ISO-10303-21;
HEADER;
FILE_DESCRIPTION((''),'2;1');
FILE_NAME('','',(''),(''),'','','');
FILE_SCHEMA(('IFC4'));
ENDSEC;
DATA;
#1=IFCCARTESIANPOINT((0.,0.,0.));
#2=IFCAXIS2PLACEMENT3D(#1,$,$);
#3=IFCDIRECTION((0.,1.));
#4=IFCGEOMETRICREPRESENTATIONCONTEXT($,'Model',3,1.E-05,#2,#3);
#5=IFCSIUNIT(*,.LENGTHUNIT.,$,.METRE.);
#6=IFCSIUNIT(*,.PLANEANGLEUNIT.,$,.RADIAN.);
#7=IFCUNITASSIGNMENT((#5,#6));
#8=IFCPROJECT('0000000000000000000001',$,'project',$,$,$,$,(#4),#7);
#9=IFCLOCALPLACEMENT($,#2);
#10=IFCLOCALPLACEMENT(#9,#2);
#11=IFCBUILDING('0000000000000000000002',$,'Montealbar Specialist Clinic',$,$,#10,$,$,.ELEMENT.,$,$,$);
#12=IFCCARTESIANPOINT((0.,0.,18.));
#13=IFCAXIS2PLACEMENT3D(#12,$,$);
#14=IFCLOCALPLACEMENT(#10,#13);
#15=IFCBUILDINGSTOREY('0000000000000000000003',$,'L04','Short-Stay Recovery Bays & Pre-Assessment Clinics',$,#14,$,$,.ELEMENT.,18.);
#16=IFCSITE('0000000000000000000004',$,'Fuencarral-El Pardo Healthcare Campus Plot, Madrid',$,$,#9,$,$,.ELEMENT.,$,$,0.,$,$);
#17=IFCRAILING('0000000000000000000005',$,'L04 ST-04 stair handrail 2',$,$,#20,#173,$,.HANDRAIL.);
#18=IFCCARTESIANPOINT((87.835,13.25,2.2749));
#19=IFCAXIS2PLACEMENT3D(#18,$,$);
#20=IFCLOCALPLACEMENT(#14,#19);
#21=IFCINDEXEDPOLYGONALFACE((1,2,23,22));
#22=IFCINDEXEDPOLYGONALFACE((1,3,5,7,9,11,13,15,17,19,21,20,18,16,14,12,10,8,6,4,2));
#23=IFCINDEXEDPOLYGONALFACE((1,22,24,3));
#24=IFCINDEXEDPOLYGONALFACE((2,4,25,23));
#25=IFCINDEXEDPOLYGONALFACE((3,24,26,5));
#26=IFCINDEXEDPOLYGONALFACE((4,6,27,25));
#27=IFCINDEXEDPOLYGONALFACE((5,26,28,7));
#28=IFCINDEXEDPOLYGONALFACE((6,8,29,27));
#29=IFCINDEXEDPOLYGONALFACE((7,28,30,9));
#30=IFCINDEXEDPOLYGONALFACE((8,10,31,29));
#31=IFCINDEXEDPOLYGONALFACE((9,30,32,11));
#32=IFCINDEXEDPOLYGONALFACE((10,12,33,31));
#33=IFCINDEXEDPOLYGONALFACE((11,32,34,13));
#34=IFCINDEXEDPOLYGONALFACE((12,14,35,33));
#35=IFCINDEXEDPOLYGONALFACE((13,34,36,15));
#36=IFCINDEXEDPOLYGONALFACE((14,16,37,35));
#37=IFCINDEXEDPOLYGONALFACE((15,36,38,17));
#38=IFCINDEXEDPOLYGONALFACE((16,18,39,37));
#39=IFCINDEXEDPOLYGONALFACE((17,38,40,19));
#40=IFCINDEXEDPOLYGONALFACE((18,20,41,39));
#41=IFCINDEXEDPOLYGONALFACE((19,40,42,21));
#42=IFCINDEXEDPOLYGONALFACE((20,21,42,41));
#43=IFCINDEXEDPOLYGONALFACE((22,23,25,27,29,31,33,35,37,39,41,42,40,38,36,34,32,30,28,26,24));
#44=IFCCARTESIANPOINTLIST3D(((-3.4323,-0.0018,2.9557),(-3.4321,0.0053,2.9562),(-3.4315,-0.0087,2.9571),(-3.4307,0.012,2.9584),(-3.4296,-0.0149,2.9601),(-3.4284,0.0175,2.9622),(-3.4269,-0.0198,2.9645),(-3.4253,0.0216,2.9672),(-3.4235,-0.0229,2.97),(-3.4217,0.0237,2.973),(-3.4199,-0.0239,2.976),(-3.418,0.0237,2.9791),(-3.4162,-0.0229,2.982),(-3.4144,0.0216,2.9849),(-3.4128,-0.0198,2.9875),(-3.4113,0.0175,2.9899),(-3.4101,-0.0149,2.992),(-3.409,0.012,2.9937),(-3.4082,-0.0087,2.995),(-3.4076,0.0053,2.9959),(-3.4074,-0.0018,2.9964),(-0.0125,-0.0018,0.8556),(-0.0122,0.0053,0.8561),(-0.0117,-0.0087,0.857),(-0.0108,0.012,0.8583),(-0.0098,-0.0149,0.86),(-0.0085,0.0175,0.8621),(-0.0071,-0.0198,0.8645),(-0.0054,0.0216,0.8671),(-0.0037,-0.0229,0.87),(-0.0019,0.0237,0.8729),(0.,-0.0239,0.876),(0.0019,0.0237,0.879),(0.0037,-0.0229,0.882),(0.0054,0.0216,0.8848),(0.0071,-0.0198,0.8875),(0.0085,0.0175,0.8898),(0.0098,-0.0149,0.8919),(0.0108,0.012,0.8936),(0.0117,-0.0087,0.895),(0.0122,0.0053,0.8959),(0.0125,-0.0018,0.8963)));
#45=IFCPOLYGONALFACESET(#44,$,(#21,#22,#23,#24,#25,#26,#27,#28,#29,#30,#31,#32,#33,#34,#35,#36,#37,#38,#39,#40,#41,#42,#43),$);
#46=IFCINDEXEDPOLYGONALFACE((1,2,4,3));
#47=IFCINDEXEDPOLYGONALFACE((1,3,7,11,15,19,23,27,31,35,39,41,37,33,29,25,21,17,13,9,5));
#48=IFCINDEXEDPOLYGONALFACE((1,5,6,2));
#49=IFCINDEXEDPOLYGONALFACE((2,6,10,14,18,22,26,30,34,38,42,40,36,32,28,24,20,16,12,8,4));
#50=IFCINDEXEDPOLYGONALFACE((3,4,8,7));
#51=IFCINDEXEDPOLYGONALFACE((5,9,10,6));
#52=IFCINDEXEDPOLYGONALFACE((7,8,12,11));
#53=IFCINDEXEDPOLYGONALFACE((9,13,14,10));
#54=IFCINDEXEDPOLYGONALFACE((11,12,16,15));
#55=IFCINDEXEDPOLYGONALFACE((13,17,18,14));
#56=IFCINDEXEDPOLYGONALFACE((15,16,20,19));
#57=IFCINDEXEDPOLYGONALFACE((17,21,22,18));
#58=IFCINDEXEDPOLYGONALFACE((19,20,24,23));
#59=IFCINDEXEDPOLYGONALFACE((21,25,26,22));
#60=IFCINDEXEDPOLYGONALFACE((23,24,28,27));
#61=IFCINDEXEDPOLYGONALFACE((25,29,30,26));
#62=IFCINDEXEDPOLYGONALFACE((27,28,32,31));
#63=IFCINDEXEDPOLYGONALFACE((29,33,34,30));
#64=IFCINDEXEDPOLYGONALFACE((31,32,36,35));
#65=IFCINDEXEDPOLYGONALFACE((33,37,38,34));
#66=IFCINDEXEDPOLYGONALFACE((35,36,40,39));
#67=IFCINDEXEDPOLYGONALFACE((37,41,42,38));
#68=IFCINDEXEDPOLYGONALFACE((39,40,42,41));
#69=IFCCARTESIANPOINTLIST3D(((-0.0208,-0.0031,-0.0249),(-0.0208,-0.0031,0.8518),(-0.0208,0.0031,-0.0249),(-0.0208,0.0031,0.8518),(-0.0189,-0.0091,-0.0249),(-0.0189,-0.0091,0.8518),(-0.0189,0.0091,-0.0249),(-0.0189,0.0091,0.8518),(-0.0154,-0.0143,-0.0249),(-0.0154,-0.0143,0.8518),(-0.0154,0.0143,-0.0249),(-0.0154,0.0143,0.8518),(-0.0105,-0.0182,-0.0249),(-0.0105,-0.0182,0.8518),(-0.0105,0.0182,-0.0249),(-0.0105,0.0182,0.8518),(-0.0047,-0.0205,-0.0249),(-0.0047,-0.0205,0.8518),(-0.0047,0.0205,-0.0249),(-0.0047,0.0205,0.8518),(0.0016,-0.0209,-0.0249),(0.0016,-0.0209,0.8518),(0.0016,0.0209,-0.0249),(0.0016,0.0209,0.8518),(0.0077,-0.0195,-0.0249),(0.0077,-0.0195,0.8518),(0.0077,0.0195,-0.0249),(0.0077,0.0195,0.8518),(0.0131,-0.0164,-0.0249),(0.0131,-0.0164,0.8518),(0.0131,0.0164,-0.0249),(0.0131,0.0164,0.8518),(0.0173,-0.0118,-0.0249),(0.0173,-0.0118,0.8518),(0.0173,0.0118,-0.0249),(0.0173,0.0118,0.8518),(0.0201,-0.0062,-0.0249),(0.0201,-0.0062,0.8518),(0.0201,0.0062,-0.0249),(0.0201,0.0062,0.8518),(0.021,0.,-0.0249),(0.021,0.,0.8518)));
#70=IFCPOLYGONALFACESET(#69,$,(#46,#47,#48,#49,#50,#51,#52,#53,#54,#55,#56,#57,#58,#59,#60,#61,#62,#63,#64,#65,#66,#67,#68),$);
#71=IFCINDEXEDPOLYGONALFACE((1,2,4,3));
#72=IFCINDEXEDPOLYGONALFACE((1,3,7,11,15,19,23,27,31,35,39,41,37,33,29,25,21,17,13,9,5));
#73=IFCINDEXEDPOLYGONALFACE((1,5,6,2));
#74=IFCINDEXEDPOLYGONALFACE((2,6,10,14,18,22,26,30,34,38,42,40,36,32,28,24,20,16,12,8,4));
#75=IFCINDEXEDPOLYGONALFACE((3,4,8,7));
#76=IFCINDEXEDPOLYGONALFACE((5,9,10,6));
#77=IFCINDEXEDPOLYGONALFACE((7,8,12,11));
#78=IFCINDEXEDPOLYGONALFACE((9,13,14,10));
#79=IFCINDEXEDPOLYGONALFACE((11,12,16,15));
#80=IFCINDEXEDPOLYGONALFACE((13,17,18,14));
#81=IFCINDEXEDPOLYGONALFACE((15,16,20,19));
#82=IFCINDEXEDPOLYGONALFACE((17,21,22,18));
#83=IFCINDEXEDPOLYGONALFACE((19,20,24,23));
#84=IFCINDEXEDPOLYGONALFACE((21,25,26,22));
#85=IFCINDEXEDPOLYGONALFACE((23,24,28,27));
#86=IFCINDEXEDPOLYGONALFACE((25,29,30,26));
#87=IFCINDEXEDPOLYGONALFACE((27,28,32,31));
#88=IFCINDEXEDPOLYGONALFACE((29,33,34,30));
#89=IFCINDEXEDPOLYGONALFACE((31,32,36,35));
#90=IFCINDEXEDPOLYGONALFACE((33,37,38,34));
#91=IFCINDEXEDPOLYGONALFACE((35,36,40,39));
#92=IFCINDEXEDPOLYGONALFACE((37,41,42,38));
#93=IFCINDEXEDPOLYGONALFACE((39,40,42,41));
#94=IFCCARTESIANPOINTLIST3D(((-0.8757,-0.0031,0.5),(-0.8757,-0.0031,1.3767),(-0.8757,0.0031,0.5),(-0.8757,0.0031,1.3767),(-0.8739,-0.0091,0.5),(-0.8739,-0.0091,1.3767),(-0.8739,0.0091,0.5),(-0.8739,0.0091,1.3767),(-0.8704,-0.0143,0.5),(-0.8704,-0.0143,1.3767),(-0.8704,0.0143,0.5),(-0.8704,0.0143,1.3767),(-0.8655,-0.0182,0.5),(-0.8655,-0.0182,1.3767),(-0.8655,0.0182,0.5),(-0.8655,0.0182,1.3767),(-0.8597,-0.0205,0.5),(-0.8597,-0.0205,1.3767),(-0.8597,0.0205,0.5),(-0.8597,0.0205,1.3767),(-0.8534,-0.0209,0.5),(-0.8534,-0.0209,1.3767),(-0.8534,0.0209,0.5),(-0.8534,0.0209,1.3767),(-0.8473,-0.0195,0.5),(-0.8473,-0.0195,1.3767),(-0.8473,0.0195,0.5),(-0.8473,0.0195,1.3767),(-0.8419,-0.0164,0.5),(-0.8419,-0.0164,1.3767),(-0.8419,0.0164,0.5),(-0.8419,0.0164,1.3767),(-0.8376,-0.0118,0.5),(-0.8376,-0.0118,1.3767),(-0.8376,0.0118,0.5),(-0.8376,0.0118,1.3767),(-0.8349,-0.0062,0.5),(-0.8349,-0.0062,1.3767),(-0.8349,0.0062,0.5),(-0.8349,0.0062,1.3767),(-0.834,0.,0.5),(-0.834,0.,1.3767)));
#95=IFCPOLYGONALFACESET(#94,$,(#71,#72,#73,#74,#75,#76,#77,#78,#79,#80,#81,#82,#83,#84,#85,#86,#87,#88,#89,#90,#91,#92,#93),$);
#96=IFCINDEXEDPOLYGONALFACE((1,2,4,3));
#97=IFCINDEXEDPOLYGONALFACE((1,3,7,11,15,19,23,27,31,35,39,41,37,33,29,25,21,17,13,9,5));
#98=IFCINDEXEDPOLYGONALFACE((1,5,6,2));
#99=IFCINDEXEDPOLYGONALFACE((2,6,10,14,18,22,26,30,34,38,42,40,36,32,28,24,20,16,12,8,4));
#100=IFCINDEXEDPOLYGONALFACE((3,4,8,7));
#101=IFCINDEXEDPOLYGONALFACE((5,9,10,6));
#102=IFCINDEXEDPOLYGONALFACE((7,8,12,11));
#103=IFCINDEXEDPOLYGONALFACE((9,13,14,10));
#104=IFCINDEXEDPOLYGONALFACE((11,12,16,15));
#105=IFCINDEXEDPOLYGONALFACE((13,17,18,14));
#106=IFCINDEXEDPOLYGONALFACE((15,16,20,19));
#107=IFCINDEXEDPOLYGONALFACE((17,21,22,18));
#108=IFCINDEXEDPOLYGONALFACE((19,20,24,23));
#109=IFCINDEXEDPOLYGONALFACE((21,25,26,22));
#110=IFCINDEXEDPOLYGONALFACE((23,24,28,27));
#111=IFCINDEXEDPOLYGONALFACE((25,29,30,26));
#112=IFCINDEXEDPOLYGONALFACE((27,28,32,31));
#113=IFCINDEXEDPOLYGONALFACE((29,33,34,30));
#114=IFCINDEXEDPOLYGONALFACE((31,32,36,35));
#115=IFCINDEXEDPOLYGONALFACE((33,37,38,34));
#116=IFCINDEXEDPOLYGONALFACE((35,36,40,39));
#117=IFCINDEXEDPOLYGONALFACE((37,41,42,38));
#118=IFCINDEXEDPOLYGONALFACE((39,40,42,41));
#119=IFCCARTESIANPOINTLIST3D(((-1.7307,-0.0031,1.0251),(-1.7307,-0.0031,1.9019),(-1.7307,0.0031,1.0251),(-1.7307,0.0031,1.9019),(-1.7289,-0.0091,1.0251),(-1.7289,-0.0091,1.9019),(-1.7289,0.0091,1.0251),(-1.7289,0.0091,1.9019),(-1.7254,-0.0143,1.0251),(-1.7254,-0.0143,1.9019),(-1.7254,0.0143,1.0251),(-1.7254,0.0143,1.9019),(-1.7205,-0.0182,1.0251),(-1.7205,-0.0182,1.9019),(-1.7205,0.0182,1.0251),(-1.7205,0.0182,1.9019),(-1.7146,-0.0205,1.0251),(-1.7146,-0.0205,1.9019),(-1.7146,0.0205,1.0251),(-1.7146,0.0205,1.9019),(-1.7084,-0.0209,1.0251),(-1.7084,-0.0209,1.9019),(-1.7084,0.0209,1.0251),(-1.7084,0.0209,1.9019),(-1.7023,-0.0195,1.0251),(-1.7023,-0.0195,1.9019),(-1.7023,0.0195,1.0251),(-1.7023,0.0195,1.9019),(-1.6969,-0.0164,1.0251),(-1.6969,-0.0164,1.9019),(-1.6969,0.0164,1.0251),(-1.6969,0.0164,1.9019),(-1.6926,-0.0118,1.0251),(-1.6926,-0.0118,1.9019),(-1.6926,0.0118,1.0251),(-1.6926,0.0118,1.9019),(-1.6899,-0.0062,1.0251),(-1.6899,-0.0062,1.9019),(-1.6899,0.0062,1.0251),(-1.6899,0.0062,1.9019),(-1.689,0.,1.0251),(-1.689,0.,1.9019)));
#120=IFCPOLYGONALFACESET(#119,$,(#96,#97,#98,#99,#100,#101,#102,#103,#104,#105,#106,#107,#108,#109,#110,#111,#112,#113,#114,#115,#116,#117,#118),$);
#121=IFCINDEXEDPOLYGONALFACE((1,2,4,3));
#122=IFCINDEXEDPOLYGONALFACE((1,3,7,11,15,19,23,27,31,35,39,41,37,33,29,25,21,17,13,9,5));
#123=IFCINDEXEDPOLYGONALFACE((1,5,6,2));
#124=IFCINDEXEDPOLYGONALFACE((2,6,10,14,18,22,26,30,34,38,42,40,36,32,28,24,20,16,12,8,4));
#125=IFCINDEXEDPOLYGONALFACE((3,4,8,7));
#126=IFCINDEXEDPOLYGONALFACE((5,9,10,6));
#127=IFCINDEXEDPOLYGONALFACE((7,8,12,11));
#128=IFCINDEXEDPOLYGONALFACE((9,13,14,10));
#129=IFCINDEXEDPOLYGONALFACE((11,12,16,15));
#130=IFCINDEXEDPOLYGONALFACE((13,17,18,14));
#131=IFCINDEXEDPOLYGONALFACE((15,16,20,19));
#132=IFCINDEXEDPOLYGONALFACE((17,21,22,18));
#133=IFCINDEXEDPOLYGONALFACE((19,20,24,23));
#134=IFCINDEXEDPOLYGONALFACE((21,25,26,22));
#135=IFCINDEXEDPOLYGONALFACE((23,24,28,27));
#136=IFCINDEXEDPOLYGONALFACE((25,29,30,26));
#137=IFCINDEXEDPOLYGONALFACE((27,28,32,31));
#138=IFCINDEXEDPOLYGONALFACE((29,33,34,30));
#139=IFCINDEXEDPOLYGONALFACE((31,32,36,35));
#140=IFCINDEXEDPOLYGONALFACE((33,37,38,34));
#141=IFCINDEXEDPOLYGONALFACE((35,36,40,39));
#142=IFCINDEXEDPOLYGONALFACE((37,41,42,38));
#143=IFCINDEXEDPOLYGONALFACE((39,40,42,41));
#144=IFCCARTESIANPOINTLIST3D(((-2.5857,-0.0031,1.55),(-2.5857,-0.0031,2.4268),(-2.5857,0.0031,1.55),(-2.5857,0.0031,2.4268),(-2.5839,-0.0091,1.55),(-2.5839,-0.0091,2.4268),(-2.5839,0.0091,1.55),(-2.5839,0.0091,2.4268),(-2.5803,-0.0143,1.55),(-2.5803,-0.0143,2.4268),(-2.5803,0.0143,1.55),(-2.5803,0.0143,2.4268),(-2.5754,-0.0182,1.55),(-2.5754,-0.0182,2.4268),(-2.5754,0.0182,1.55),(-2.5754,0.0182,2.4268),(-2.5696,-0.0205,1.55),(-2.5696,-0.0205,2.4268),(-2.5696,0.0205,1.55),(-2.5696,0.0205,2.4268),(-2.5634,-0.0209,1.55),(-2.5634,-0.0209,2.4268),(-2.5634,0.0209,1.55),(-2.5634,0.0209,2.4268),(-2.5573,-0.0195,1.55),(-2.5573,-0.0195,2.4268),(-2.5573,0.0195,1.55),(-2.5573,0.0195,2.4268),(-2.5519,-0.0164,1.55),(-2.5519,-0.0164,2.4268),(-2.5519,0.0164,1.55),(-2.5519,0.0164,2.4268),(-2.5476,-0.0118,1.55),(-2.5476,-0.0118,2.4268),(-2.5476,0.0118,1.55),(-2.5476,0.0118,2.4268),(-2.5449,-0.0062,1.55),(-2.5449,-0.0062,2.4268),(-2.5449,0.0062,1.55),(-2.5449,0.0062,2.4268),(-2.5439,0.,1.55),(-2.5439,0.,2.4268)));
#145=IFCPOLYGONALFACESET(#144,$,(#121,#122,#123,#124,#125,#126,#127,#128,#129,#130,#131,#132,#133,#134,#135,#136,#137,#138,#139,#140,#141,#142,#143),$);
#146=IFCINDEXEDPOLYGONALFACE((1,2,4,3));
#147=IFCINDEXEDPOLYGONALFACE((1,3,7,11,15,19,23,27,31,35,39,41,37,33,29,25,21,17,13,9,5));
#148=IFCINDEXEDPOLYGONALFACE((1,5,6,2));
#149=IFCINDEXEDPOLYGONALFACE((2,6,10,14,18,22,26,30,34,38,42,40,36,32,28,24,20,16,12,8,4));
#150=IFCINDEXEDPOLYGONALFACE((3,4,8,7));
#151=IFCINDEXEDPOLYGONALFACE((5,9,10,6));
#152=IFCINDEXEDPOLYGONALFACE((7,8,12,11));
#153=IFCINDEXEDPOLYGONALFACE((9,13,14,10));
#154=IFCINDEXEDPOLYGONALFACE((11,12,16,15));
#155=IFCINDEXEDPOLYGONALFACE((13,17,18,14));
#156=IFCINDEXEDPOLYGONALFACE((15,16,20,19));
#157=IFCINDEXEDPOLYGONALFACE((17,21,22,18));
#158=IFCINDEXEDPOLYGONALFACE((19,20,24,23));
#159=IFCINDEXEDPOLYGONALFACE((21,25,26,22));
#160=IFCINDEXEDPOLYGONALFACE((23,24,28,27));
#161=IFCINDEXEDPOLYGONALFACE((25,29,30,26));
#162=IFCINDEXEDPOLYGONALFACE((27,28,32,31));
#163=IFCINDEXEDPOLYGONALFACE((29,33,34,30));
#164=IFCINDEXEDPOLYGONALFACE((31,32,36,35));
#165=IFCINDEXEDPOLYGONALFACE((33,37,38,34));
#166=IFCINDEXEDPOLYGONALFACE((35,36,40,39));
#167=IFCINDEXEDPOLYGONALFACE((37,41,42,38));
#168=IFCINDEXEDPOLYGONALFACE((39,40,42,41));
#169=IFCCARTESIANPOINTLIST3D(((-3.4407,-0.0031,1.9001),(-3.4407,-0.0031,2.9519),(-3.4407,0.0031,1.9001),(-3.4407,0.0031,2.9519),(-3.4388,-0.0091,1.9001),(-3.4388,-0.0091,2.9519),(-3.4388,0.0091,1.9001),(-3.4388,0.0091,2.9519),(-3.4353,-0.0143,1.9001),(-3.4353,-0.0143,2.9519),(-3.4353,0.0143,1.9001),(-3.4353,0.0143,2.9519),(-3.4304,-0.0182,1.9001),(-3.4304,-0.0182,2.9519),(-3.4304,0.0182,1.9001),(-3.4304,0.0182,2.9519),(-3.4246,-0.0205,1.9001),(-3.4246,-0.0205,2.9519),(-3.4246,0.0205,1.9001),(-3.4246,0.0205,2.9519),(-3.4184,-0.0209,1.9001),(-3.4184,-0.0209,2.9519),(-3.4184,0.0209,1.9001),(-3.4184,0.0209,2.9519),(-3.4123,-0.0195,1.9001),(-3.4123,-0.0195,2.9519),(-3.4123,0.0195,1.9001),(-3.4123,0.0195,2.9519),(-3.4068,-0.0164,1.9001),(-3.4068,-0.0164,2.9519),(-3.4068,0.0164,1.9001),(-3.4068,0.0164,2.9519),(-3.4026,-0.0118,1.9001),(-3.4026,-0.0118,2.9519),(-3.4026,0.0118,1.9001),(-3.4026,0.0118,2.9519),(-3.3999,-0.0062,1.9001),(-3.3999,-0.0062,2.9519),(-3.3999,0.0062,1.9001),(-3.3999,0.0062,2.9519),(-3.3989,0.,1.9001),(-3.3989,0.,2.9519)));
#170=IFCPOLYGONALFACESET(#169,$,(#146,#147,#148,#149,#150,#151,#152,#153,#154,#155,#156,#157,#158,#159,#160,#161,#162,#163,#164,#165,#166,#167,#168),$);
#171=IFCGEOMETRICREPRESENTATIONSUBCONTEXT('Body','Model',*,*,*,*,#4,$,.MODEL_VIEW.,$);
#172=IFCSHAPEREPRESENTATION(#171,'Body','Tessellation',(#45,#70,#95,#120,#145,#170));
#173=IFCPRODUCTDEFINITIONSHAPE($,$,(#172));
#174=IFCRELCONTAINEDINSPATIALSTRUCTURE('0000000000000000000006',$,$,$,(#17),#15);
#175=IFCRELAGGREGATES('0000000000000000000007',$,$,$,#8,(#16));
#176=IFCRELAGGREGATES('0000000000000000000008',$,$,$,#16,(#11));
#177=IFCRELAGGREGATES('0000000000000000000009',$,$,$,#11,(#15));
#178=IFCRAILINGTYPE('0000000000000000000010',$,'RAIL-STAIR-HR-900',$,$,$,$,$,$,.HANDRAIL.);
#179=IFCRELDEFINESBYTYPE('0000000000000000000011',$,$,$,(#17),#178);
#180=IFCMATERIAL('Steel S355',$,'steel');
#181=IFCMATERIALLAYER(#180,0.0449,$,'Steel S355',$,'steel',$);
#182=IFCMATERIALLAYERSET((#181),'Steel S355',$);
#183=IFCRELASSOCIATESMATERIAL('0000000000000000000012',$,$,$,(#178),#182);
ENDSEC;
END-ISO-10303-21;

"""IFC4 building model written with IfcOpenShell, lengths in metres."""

from ifc_helpers import new_model, si_unit, direction, frame, origin, origin_2d, place, context, subcontext, project, spatial, circle, extrude, material, layer, layer_set, type_object, element, save


model = new_model("IFC4")

# Units and contexts
model_context = context("Model", 3, precision=1e-05, world=origin(), true_north=direction((0.0, 1.0)))
body_context = subcontext(model_context, "Body", "Model", "MODEL_VIEW")
ifc_project = project(units=[si_unit("LENGTHUNIT", "METRE"), si_unit("PLANEANGLEUNIT", "RADIAN")], contexts=[model_context])

# Site, building, storey
site_placement = place(None, origin())
site = spatial("IfcSite", under=ifc_project, at=site_placement, Name="Fuencarral-El Pardo Healthcare Campus Plot, Madrid", CompositionType="ELEMENT", RefElevation=0.0)
building_placement = place(site_placement, origin())
building = spatial("IfcBuilding", under=site, at=building_placement, Name="Montealbar Specialist Clinic", CompositionType="ELEMENT")
storey_placement = place(building_placement, frame((0.0, 0.0, 18.0)))
storey = spatial("IfcBuildingStorey", under=building, at=storey_placement, Name="L04", Description="Short-Stay Recovery Bays & Pre-Assessment Clinics", CompositionType="ELEMENT", Elevation=18.0)

# Shared definitions
ifc_material_1 = material(Name="Steel S355", Category="steel")

# Railing
ifc_layer_1 = layer(ifc_material_1, 0.0449, Name="Steel S355", Category="steel")
ifc_layer_set_1 = layer_set([ifc_layer_1], Name="Steel S355")
railing_type_1 = type_object("IfcRailingType", Name="RAIL-STAIR-HR-900", PredefinedType="HANDRAIL", material=ifc_layer_set_1)
railing_1_placement = place(storey_placement, frame((87.835, 13.25, 2.2749)))
element("IfcRailing", 1, at=railing_1_placement, inside=storey, type_object=railing_type_1, Name="L04 ST-04 stair handrail 2", PredefinedType="HANDRAIL", context=body_context, shape_type="SweptSolid", body=[
    extrude(circle(Radius=0.0239, at=origin_2d()), frame((0.0, 0.0, 0.876), z_axis=(-0.852155, 0.0, 0.523289), x_axis=(0.0, -1.0, 0.0)), (0.0, 0.0, 1.0), 4.0132),
    extrude(circle(Radius=0.021, at=origin_2d()), frame((0.0, 0.0, -0.0249)), (0.0, 0.0, 1.0), 0.8767),
    extrude(circle(Radius=0.021, at=origin_2d()), frame((-0.855, 0.0, 0.5)), (0.0, 0.0, 1.0), 0.8767),
    extrude(circle(Radius=0.021, at=origin_2d()), frame((-1.71, 0.0, 1.0251)), (0.0, 0.0, 1.0), 0.8767),
    extrude(circle(Radius=0.021, at=origin_2d()), frame((-2.5649, 0.0, 1.55)), (0.0, 0.0, 1.0), 0.8767),
    extrude(circle(Radius=0.021, at=origin_2d()), frame((-3.4199, 0.0, 1.9001)), (0.0, 0.0, 1.0), 1.0518),
])

save(model, "model.ifc")
